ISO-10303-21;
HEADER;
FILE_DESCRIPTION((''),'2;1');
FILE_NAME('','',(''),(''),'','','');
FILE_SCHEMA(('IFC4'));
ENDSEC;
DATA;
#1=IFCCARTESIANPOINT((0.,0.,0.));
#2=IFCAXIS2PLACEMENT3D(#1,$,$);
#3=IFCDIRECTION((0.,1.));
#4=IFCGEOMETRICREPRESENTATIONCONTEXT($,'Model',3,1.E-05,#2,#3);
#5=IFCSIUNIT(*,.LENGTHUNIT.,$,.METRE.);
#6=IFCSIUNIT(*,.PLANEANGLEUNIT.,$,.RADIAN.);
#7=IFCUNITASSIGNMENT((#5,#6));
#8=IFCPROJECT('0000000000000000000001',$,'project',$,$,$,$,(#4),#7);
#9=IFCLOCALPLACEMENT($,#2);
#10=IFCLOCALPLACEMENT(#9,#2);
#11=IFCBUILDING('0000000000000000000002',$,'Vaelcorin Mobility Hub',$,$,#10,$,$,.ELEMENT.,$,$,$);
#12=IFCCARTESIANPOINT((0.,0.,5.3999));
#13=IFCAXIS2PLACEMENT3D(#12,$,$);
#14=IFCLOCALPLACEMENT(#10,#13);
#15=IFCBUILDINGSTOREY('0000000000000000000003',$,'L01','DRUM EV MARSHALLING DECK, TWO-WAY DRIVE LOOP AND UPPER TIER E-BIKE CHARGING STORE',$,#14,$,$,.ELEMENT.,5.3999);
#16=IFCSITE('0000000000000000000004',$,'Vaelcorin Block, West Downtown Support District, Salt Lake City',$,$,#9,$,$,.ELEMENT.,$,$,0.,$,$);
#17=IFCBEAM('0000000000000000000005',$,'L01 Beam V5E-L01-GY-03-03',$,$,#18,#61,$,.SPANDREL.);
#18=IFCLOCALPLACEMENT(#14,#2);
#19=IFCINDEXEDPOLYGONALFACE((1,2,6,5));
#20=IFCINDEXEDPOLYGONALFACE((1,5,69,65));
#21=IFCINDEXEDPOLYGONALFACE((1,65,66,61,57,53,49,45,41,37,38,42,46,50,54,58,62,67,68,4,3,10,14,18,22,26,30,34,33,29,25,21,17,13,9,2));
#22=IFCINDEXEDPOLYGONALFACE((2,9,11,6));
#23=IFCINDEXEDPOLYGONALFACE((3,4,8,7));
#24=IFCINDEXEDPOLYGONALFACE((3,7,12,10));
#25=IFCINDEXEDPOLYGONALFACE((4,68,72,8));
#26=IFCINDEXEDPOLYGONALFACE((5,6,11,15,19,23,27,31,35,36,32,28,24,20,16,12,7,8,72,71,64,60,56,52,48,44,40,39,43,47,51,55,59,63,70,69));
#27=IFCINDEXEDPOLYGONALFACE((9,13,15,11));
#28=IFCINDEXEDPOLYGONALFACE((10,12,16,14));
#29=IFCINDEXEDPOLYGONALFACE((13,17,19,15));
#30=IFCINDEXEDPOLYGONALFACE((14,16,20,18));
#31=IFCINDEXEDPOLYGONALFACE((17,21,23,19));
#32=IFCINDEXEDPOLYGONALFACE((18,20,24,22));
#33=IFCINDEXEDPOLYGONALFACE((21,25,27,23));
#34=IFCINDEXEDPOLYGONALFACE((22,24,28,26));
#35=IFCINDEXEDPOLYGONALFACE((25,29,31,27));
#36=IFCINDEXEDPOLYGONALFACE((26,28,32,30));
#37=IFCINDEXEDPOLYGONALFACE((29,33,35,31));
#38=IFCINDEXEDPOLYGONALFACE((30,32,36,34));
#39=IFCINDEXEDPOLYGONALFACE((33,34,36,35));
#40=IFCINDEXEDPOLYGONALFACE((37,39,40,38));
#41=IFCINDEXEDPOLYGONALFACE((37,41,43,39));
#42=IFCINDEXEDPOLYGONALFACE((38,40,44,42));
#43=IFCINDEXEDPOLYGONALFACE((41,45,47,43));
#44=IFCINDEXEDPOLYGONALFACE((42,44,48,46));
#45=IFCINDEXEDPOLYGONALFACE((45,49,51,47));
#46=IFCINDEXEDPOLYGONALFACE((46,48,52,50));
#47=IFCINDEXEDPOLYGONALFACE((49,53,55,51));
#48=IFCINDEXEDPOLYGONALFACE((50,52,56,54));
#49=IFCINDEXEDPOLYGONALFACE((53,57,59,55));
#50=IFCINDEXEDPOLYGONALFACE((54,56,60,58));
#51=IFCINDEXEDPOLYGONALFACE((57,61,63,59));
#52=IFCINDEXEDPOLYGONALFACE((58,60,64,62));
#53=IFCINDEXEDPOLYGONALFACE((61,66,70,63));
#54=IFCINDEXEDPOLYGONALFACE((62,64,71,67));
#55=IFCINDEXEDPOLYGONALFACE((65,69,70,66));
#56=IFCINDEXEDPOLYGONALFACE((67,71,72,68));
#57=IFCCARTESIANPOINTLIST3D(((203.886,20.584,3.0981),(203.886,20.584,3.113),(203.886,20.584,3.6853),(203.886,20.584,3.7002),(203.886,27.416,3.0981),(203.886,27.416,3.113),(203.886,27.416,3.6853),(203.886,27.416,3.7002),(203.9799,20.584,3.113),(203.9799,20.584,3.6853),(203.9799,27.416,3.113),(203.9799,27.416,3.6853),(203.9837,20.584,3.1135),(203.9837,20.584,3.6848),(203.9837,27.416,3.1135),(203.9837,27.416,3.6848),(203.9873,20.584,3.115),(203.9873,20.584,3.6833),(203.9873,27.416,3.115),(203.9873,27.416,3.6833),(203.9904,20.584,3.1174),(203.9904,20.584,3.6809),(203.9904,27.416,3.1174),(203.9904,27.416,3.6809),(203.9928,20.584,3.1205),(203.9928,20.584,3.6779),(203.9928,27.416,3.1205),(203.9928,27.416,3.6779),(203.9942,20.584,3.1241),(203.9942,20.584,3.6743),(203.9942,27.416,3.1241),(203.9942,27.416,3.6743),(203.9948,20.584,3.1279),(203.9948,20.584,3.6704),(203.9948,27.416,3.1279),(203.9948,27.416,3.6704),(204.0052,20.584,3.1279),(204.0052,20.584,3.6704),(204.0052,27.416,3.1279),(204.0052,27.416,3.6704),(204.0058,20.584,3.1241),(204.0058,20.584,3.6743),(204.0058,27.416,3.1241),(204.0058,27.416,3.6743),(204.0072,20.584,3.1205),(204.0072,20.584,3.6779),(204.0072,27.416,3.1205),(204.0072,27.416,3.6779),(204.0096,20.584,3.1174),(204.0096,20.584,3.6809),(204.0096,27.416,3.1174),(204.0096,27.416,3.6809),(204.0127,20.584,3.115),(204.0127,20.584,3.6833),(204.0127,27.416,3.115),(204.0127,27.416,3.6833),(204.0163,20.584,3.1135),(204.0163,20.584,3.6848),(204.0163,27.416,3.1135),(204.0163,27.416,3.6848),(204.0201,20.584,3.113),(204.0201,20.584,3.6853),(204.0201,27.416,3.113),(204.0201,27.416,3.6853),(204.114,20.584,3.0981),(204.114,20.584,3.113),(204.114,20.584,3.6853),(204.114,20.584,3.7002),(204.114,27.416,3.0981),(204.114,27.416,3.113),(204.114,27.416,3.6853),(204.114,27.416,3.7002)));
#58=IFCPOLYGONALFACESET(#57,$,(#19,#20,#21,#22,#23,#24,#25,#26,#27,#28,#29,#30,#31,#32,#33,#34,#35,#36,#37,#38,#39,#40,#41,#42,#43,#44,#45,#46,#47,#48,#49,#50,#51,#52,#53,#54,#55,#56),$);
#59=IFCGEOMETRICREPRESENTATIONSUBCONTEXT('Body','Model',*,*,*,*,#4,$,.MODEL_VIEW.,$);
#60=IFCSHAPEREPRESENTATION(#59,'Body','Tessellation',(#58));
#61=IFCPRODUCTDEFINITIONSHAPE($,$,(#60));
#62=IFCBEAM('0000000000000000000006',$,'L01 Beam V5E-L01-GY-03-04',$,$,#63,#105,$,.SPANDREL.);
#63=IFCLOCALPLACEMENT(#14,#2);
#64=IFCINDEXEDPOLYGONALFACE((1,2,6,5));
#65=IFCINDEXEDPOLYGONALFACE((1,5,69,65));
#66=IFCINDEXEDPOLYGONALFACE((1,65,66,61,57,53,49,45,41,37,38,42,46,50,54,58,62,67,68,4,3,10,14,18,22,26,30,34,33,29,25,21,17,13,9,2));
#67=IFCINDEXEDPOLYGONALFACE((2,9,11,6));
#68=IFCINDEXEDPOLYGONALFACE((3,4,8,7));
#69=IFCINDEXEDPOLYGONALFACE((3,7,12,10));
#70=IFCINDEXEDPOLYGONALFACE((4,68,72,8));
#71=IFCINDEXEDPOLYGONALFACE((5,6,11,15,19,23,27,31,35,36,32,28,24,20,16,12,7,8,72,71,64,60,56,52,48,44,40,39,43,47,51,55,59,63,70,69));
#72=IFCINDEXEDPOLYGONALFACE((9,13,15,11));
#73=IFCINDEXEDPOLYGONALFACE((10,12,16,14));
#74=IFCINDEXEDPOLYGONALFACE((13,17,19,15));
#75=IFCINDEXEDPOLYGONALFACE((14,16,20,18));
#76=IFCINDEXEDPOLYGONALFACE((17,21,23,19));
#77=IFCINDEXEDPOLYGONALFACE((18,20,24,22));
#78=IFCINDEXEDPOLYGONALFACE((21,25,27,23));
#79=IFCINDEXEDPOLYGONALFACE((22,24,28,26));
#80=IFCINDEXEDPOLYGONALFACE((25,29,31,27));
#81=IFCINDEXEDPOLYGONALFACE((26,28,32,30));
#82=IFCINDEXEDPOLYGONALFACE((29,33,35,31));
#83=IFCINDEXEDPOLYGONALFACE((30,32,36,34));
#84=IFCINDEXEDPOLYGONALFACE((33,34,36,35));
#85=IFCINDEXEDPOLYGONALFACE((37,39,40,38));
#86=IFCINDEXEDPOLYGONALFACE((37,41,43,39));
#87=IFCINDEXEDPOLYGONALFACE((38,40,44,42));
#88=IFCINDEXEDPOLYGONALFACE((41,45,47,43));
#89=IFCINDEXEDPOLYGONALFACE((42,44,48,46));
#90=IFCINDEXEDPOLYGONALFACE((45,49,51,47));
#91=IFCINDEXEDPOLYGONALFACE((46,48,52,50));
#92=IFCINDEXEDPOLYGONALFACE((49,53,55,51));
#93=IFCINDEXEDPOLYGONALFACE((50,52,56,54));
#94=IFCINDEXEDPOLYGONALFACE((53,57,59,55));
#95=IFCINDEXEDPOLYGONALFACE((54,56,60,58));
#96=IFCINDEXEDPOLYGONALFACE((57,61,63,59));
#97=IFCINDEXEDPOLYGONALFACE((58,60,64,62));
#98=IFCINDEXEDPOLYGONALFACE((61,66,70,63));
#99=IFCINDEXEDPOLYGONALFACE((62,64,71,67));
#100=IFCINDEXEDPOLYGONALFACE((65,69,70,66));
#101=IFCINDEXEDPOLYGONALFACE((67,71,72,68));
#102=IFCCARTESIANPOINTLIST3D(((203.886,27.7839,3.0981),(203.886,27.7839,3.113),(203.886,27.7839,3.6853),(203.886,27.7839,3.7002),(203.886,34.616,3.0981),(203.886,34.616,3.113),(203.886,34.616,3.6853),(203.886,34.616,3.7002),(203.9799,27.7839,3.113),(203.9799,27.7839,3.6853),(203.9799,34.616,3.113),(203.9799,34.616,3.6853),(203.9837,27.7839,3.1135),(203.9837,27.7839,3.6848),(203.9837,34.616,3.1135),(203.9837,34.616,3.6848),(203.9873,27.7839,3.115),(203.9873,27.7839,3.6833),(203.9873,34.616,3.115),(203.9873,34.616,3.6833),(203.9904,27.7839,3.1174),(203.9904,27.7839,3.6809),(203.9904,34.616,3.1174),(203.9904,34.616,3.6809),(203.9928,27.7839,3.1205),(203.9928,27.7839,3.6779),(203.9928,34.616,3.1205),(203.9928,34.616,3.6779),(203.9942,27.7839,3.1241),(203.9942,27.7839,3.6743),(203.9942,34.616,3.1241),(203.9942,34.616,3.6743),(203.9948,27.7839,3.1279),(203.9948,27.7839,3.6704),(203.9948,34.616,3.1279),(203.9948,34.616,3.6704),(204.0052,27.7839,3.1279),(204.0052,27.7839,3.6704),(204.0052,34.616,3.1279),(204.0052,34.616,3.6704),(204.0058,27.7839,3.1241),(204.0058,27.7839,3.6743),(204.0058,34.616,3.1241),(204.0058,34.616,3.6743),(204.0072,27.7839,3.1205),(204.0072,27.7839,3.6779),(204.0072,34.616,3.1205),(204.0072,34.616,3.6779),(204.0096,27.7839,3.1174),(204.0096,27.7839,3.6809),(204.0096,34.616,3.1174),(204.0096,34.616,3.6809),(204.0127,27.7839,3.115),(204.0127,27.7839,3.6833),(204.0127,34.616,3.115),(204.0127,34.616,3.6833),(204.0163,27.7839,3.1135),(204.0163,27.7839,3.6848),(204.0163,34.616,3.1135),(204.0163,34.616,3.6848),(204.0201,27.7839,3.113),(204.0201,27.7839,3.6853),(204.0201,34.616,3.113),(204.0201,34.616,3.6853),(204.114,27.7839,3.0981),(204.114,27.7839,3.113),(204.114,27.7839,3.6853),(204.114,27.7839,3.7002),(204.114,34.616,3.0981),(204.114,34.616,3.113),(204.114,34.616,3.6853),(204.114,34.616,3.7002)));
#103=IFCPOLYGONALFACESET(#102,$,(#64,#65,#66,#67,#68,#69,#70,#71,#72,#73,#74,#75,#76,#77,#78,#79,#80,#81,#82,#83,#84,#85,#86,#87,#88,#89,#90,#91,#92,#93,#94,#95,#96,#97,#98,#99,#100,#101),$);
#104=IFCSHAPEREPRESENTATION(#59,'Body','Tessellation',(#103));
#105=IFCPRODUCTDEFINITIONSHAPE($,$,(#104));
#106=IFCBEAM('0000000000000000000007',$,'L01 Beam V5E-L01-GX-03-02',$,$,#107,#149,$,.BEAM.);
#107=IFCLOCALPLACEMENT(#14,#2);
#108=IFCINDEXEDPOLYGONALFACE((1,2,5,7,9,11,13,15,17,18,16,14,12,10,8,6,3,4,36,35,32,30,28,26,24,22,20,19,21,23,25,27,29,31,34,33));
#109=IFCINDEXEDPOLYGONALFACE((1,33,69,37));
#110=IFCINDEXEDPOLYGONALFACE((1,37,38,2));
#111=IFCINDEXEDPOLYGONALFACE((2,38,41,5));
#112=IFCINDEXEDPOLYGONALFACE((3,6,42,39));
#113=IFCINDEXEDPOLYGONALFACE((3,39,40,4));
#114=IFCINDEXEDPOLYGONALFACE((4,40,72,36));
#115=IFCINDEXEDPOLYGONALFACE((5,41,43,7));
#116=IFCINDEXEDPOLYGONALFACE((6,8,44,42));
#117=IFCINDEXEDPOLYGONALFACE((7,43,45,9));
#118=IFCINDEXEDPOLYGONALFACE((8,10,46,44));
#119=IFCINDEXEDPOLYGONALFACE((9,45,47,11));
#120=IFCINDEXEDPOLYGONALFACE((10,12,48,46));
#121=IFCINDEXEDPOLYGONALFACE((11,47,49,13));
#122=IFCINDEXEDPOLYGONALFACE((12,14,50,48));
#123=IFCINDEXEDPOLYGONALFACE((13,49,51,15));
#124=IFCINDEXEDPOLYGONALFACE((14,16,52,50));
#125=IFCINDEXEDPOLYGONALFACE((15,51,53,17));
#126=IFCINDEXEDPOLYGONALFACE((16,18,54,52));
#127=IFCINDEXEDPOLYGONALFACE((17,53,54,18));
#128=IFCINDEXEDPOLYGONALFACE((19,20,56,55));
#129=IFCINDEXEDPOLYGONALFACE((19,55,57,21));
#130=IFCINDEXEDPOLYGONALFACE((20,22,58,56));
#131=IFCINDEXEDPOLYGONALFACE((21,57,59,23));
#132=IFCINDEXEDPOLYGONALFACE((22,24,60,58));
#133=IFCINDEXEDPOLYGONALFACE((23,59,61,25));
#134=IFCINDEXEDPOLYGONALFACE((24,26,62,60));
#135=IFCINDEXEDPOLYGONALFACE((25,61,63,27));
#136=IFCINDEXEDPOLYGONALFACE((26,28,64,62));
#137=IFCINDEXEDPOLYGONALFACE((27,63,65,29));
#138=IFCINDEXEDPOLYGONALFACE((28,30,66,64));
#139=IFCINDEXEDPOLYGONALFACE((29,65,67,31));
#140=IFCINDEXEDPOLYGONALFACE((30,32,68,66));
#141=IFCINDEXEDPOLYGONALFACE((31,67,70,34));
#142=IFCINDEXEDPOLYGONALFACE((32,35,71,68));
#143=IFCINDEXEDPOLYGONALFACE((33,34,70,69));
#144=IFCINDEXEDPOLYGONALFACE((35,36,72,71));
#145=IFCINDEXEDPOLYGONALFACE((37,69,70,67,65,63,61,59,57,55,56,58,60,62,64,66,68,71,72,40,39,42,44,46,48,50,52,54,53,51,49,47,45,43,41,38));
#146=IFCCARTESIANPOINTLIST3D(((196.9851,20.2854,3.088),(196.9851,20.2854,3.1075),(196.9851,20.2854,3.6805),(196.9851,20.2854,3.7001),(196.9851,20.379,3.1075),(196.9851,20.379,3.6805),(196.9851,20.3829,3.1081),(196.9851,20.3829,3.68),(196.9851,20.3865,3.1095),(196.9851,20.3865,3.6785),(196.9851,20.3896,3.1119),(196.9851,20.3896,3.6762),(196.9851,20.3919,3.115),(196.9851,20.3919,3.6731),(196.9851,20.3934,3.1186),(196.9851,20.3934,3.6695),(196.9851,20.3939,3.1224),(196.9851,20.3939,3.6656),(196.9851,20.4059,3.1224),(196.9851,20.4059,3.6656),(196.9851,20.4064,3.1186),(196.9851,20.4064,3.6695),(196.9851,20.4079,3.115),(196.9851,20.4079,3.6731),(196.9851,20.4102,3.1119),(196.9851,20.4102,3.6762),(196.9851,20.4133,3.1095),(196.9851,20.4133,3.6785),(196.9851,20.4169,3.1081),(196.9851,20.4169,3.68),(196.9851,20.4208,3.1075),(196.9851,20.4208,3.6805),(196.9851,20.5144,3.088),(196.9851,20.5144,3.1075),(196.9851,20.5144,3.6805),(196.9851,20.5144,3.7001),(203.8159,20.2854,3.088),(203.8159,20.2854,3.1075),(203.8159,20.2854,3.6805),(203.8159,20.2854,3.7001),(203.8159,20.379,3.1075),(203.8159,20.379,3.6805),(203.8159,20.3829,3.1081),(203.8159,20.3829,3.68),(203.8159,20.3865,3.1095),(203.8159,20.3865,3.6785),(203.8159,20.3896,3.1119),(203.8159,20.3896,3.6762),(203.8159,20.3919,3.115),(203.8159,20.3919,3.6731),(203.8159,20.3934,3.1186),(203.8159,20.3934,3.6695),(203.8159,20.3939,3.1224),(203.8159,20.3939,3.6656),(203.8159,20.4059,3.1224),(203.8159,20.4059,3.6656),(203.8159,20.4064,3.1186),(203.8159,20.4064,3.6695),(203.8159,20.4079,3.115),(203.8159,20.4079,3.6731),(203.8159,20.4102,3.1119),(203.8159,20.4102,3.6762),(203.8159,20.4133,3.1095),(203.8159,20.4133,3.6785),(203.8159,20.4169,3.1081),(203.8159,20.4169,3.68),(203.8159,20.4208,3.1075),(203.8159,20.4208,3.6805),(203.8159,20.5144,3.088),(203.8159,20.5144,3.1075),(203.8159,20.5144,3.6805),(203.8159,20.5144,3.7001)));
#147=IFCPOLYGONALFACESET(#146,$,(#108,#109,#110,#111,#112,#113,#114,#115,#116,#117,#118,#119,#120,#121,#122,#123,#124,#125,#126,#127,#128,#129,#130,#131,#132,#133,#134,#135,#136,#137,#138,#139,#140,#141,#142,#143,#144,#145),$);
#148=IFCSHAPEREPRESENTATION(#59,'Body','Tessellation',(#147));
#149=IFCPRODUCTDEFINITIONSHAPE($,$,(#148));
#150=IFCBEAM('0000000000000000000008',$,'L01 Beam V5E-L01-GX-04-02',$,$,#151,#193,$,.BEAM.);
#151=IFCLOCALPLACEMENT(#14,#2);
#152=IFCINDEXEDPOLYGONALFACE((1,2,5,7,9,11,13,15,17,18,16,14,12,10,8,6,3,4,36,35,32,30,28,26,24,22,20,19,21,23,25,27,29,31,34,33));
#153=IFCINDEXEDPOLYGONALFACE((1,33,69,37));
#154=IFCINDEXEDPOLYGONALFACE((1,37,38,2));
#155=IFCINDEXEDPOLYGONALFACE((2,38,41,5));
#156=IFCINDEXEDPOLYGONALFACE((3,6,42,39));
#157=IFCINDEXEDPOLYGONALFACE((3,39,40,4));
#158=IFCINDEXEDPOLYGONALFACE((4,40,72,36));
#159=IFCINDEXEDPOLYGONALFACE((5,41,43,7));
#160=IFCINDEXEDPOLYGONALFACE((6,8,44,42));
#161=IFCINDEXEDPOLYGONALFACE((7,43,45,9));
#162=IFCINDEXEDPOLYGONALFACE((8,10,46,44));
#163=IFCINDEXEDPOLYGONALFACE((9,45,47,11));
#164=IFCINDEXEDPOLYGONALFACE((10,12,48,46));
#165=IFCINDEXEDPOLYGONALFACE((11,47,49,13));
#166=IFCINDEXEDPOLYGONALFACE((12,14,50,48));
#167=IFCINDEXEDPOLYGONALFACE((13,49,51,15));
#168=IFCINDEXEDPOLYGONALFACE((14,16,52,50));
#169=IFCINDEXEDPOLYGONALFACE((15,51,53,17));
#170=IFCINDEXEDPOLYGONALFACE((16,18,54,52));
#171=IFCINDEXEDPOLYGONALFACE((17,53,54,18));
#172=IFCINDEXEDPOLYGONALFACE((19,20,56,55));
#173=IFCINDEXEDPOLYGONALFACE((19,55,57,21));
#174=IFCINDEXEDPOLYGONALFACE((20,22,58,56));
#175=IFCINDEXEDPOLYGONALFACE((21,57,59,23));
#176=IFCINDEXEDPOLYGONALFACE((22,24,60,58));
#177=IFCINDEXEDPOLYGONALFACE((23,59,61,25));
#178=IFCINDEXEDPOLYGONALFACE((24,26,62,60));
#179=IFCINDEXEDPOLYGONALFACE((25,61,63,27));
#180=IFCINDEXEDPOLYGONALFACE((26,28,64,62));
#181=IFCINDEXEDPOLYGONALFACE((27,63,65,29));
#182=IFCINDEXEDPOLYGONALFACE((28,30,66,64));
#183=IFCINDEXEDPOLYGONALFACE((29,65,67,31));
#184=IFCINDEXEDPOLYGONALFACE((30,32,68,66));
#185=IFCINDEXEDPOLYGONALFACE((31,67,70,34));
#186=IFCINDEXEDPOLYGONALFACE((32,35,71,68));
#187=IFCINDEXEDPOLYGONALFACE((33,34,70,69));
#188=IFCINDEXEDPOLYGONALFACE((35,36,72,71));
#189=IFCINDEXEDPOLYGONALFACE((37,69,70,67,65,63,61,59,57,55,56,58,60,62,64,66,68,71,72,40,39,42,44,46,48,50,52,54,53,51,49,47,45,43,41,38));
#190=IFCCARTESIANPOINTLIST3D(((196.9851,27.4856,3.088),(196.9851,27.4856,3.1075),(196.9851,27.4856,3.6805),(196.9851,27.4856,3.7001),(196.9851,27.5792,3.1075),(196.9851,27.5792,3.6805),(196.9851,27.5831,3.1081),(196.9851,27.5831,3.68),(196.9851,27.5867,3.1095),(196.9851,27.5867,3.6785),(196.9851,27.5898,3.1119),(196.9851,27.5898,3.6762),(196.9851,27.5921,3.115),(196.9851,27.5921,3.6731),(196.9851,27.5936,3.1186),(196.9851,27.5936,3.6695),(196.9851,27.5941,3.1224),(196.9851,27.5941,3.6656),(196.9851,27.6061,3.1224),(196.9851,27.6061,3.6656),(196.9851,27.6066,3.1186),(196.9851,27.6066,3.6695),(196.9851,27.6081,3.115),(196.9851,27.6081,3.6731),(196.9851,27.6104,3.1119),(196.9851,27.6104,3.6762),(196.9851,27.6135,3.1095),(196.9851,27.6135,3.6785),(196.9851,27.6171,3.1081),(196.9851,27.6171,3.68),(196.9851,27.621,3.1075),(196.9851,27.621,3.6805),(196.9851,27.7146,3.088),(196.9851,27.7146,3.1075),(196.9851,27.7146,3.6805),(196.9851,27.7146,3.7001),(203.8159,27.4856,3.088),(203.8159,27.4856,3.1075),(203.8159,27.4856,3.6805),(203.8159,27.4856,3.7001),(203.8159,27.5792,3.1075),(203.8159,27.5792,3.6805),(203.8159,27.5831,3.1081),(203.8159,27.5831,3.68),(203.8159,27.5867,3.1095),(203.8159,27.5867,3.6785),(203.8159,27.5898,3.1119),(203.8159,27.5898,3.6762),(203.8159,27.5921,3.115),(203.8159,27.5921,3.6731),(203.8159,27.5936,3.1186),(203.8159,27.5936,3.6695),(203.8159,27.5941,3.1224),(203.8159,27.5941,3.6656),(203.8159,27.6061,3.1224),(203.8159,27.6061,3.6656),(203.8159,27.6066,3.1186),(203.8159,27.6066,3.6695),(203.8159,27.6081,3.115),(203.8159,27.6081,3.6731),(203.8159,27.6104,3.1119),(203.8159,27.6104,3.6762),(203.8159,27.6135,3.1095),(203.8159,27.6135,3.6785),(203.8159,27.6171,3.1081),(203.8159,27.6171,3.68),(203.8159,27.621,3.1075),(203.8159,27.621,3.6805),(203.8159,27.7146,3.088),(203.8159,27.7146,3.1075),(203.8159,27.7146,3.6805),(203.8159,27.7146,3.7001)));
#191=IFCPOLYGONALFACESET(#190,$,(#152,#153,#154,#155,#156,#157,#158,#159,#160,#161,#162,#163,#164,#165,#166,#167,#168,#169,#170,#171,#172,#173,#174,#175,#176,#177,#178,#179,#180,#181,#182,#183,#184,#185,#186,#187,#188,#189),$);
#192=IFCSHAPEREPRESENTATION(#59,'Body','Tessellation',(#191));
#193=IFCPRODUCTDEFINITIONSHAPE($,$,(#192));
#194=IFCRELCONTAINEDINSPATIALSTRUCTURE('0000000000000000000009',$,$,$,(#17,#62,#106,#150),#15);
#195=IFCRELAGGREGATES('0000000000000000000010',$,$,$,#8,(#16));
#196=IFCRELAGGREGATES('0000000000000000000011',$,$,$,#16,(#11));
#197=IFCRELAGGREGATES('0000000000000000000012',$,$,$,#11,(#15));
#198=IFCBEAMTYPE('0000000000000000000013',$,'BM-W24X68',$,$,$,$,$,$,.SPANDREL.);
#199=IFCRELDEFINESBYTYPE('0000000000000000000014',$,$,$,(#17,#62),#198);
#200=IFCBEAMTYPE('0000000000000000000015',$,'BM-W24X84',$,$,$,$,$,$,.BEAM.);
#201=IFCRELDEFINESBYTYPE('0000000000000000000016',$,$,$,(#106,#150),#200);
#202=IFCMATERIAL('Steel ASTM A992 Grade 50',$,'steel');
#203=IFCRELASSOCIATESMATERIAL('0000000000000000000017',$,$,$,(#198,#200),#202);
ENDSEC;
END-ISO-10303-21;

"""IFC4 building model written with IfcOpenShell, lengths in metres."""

from ifc_helpers import new_model, si_unit, direction, frame, origin, origin_2d, place, context, subcontext, project, spatial, i_section, extrude, material, material_profile, profile_set, type_object, element, save


model = new_model("IFC4")

# Units and contexts
model_context = context("Model", 3, precision=1e-05, world=origin(), true_north=direction((0.0, 1.0)))
body_context = subcontext(model_context, "Body", "Model", "MODEL_VIEW")
ifc_project = project(units=[si_unit("LENGTHUNIT", "METRE"), si_unit("PLANEANGLEUNIT", "RADIAN")], contexts=[model_context])

# Site, building, storey
site_placement = place(None, origin())
site = spatial("IfcSite", under=ifc_project, at=site_placement, Name="Vaelcorin Block, West Downtown Support District, Salt Lake City", CompositionType="ELEMENT", RefElevation=0.0)
building_placement = place(site_placement, origin())
building = spatial("IfcBuilding", under=site, at=building_placement, Name="Vaelcorin Mobility Hub", CompositionType="ELEMENT")
storey_placement = place(building_placement, frame((0.0, 0.0, 5.3999)))
storey = spatial("IfcBuildingStorey", under=building, at=storey_placement, Name="L01", Description="DRUM EV MARSHALLING DECK, TWO-WAY DRIVE LOOP AND UPPER TIER E-BIKE CHARGING STORE", CompositionType="ELEMENT", Elevation=5.3999)

# Shared definitions
ifc_material_1 = material(Name="Steel ASTM A992 Grade 50", Category="steel")

# Beams
ifc_material_profile_1 = material_profile(ifc_material_1, i_section(OverallWidth=0.228, OverallDepth=0.6021, WebThickness=0.0105, FlangeThickness=0.0149, FilletRadius=0.0149, at=origin_2d()), Name="W24X68")
ifc_profile_set_1 = profile_set([ifc_material_profile_1], Name="Steel ASTM A992 Grade 50")
beam_type_1 = type_object("IfcBeamType", Name="BM-W24X68", PredefinedType="SPANDREL", material=ifc_profile_set_1)
for number, where, z_axis, x_axis, name in (
    (1, (204.0, 20.584, 3.3992), (0.0, 1.0, 0.0), (-1.0, 0.0, 0.0), "L01 Beam V5E-L01-GY-03-03"),
    (2, (204.0, 27.7839, 3.3992), (0.0, 1.0, 0.0), (-1.0, 0.0, 0.0), "L01 Beam V5E-L01-GY-03-04"),
):
    element("IfcBeam", number, at=place(storey_placement, frame(where, z_axis=z_axis, x_axis=x_axis)), inside=storey, type_object=beam_type_1, Name=name, PredefinedType="SPANDREL", context=body_context, shape_type="SweptSolid", body=[
        extrude(i_section(OverallWidth=0.228, OverallDepth=0.6021, WebThickness=0.0105, FlangeThickness=0.0149, FilletRadius=0.0149, at=origin_2d()), origin(), (0.0, 0.0, 1.0), 6.832),
    ])
ifc_material_profile_2 = material_profile(ifc_material_1, i_section(OverallWidth=0.229, OverallDepth=0.6121, WebThickness=0.012, FlangeThickness=0.0195, FilletRadius=0.0149, at=origin_2d()), Name="W24X84")
ifc_profile_set_2 = profile_set([ifc_material_profile_2], Name="Steel ASTM A992 Grade 50")
beam_type_2 = type_object("IfcBeamType", Name="BM-W24X84", PredefinedType="BEAM", material=ifc_profile_set_2)
for number, where, z_axis, x_axis, name in (
    (3, (196.9851, 20.3999, 3.394), (1.0, 0.0, 0.0), (0.0, 1.0, 0.0), "L01 Beam V5E-L01-GX-03-02"),
    (4, (196.9851, 27.6001, 3.394), (1.0, 0.0, 0.0), (0.0, 1.0, 0.0), "L01 Beam V5E-L01-GX-04-02"),
):
    element("IfcBeam", number, at=place(storey_placement, frame(where, z_axis=z_axis, x_axis=x_axis)), inside=storey, type_object=beam_type_2, Name=name, PredefinedType="BEAM", context=body_context, shape_type="SweptSolid", body=[
        extrude(i_section(OverallWidth=0.229, OverallDepth=0.6121, WebThickness=0.012, FlangeThickness=0.0195, FilletRadius=0.0149, at=origin_2d()), origin(), (0.0, 0.0, 1.0), 6.8308),
    ])

save(model, "model.ifc")
